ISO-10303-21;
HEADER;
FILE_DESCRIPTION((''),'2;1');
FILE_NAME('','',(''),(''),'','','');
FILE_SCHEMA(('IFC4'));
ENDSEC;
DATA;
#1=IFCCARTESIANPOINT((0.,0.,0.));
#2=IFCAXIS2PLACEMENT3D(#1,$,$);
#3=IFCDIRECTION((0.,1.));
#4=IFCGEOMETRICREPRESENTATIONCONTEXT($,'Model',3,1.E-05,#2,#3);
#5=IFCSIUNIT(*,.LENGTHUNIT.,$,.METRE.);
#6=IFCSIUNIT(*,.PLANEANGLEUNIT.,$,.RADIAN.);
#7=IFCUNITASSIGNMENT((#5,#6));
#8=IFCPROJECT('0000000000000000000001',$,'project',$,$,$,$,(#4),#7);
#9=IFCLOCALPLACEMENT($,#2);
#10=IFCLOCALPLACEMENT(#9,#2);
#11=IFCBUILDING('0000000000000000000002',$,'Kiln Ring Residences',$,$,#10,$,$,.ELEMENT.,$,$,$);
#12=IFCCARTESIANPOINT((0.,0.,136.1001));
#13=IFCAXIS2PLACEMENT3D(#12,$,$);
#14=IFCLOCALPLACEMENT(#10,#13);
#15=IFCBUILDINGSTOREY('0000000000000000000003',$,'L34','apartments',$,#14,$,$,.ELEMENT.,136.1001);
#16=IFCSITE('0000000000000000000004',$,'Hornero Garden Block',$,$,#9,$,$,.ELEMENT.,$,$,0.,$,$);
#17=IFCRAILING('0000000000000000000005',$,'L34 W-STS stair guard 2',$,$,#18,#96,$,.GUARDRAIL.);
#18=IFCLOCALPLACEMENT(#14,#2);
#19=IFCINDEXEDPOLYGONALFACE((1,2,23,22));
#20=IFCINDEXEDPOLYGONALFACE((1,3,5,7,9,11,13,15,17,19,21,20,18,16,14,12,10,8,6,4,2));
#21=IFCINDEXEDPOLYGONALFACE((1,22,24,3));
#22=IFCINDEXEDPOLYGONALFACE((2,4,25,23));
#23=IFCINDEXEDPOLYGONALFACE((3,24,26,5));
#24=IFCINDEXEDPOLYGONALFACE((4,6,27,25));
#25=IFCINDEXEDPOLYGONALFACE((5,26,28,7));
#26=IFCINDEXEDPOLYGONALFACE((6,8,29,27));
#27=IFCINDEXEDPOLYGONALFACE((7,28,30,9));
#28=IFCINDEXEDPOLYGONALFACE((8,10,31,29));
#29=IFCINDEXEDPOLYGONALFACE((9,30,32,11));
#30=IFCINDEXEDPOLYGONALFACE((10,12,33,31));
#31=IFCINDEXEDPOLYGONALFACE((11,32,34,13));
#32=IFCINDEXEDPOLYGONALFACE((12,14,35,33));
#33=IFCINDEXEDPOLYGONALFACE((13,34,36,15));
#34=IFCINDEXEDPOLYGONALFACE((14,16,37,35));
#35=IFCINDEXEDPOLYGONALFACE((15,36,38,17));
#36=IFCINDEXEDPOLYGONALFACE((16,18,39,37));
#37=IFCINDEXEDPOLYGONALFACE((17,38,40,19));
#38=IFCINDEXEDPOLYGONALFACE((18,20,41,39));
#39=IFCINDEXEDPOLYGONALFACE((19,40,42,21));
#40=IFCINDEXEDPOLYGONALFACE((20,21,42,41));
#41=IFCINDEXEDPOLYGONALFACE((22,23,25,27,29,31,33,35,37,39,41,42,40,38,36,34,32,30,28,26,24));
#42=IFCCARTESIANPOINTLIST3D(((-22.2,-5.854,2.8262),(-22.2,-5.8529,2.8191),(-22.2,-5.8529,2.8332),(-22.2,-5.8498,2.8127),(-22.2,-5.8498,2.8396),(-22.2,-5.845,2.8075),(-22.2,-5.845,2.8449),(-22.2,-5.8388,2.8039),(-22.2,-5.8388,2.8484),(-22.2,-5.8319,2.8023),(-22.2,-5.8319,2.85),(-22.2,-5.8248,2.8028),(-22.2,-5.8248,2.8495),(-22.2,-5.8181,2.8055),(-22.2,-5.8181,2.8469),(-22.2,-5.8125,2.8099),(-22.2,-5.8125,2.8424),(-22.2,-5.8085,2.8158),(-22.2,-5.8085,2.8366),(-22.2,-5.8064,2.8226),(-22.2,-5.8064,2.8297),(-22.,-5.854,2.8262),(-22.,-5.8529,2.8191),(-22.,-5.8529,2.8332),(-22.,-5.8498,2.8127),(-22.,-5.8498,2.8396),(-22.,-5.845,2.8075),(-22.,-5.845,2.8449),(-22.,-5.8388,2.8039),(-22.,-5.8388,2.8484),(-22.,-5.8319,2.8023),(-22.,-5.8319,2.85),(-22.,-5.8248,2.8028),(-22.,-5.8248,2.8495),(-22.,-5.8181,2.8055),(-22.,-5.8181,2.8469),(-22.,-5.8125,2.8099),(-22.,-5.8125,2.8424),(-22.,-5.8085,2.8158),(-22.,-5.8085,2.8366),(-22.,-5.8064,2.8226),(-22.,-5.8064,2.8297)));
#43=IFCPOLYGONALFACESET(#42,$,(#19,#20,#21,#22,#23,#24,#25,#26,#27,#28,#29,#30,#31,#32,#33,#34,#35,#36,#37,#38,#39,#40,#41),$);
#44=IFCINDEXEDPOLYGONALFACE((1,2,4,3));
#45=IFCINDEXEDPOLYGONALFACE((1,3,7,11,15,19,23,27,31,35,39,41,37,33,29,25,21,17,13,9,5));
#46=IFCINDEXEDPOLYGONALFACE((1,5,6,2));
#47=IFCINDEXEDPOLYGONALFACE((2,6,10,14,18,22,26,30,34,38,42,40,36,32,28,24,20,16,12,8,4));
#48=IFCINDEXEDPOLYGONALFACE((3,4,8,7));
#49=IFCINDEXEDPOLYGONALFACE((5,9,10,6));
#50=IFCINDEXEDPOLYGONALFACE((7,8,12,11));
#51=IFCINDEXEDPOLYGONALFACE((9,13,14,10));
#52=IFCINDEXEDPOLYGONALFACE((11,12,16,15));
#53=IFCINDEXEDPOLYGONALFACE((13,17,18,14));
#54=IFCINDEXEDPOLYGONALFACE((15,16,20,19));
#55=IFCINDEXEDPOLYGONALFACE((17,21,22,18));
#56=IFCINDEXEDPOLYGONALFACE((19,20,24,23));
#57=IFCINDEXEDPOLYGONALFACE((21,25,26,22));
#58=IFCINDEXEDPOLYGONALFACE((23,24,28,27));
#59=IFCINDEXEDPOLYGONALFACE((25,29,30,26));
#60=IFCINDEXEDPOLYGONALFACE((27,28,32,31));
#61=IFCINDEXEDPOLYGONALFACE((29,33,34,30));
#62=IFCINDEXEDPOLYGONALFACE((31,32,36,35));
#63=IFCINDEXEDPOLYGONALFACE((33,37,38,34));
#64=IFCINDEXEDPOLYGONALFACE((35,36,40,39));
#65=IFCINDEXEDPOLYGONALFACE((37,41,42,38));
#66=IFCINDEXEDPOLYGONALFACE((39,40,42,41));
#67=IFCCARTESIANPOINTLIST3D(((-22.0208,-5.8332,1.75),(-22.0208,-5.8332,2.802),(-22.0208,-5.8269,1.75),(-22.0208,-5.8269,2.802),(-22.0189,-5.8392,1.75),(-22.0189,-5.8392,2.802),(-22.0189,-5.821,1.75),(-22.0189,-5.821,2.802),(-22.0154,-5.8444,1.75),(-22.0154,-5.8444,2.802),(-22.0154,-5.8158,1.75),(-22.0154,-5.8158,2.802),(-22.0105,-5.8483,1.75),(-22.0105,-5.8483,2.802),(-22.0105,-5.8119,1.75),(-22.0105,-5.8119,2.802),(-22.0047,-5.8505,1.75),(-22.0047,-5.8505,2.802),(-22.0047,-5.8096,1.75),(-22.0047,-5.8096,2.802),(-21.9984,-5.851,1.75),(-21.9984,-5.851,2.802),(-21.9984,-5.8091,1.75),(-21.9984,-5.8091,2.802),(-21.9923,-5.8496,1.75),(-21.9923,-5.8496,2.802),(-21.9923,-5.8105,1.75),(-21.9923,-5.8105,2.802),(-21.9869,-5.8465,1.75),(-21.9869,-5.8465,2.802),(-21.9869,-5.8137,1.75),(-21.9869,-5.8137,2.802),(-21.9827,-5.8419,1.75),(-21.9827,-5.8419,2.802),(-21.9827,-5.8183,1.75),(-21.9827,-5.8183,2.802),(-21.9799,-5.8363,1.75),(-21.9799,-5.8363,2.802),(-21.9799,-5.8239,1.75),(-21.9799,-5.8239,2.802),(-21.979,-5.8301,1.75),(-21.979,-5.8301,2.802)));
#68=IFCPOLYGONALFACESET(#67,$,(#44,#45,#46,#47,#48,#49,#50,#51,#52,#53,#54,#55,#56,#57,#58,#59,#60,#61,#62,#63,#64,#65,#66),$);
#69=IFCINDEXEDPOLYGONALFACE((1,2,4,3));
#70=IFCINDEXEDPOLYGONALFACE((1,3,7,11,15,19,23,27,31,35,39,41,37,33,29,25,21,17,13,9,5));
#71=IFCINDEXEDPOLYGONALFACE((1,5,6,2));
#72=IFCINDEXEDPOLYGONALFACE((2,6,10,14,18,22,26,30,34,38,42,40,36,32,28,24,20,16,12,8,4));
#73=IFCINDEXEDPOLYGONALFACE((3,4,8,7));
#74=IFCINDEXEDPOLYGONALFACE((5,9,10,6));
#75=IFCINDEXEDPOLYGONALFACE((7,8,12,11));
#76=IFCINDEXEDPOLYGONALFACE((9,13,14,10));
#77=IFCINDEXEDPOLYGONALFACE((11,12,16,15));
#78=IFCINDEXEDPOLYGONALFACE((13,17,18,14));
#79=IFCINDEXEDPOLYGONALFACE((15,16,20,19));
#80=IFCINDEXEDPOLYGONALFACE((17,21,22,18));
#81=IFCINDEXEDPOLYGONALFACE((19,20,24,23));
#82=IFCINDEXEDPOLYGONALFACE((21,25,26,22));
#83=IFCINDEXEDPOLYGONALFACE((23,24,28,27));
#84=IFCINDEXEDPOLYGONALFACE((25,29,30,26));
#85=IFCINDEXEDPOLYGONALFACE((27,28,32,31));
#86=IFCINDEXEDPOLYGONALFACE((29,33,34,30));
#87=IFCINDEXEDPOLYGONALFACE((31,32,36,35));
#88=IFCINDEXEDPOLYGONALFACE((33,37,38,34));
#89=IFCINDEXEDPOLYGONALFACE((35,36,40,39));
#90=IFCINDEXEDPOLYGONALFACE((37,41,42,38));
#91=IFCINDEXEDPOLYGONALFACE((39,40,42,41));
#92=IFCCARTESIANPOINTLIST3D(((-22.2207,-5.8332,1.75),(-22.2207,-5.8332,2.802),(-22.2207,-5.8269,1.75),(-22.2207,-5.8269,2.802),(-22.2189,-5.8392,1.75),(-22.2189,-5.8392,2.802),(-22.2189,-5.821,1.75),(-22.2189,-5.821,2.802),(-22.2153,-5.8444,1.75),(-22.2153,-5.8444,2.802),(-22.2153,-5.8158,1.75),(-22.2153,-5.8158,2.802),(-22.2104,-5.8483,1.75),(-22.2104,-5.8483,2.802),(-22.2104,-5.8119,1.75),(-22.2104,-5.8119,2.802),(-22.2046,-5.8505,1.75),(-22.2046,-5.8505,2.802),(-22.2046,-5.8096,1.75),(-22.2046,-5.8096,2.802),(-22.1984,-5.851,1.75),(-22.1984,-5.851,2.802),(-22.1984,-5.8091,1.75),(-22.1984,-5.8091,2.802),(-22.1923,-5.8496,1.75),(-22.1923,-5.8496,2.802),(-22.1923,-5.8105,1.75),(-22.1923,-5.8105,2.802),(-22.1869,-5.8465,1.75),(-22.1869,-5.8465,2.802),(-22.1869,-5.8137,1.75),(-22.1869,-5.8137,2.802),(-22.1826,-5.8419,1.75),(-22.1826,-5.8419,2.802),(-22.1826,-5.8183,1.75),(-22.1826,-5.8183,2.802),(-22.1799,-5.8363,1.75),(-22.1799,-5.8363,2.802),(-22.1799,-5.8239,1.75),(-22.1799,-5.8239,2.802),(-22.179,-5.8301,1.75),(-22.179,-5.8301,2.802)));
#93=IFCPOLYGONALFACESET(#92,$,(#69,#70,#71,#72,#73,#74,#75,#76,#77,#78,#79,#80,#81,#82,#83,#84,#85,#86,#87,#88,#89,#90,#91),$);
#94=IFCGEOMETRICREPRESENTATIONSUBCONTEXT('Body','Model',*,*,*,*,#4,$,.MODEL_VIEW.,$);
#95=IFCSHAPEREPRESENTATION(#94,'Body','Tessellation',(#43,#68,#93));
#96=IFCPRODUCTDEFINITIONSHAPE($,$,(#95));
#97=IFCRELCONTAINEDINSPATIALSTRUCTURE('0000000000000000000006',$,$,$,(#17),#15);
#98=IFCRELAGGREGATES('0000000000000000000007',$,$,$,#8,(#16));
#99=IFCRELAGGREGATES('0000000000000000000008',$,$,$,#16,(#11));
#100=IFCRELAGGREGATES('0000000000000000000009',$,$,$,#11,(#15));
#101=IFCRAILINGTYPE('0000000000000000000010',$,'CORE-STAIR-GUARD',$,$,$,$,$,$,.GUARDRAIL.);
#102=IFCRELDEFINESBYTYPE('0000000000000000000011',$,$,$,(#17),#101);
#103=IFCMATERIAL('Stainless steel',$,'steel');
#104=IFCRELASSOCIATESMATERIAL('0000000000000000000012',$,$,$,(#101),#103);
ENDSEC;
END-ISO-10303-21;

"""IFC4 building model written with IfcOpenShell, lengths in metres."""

from ifc_helpers import new_model, si_unit, direction, frame, origin, origin_2d, place, context, subcontext, project, spatial, circle, extrude, material, type_object, element, save


model = new_model("IFC4")

# Units and contexts
model_context = context("Model", 3, precision=1e-05, world=origin(), true_north=direction((0.0, 1.0)))
body_context = subcontext(model_context, "Body", "Model", "MODEL_VIEW")
ifc_project = project(units=[si_unit("LENGTHUNIT", "METRE"), si_unit("PLANEANGLEUNIT", "RADIAN")], contexts=[model_context])

# Site, building, storey
site_placement = place(None, origin())
site = spatial("IfcSite", under=ifc_project, at=site_placement, Name="Hornero Garden Block", CompositionType="ELEMENT", RefElevation=0.0)
building_placement = place(site_placement, origin())
building = spatial("IfcBuilding", under=site, at=building_placement, Name="Kiln Ring Residences", CompositionType="ELEMENT")
storey_placement = place(building_placement, frame((0.0, 0.0, 136.1001)))
storey = spatial("IfcBuildingStorey", under=building, at=storey_placement, Name="L34", Description="apartments", CompositionType="ELEMENT", Elevation=136.1001)

# Railing
ifc_material_1 = material(Name="Stainless steel", Category="steel")
railing_type_1 = type_object("IfcRailingType", Name="CORE-STAIR-GUARD", PredefinedType="GUARDRAIL", material=ifc_material_1)
railing_1_placement = place(storey_placement, frame((-22.0, -5.8301, 1.75)))
element("IfcRailing", 1, at=railing_1_placement, inside=storey, type_object=railing_type_1, Name="L34 W-STS stair guard 2", PredefinedType="GUARDRAIL", context=body_context, shape_type="SweptSolid", body=[
    extrude(circle(Radius=0.0239, at=origin_2d()), frame((0.0, 0.0, 1.0762), z_axis=(-1.0, 0.0, 0.0), x_axis=(0.0, -1.0, 0.0)), (0.0, 0.0, 1.0), 0.2),
    extrude(circle(Radius=0.021, at=origin_2d()), origin(), (0.0, 0.0, 1.0), 1.052),
    extrude(circle(Radius=0.021, at=origin_2d()), frame((-0.2, 0.0, 0.0)), (0.0, 0.0, 1.0), 1.052),
])

save(model, "model.ifc")
